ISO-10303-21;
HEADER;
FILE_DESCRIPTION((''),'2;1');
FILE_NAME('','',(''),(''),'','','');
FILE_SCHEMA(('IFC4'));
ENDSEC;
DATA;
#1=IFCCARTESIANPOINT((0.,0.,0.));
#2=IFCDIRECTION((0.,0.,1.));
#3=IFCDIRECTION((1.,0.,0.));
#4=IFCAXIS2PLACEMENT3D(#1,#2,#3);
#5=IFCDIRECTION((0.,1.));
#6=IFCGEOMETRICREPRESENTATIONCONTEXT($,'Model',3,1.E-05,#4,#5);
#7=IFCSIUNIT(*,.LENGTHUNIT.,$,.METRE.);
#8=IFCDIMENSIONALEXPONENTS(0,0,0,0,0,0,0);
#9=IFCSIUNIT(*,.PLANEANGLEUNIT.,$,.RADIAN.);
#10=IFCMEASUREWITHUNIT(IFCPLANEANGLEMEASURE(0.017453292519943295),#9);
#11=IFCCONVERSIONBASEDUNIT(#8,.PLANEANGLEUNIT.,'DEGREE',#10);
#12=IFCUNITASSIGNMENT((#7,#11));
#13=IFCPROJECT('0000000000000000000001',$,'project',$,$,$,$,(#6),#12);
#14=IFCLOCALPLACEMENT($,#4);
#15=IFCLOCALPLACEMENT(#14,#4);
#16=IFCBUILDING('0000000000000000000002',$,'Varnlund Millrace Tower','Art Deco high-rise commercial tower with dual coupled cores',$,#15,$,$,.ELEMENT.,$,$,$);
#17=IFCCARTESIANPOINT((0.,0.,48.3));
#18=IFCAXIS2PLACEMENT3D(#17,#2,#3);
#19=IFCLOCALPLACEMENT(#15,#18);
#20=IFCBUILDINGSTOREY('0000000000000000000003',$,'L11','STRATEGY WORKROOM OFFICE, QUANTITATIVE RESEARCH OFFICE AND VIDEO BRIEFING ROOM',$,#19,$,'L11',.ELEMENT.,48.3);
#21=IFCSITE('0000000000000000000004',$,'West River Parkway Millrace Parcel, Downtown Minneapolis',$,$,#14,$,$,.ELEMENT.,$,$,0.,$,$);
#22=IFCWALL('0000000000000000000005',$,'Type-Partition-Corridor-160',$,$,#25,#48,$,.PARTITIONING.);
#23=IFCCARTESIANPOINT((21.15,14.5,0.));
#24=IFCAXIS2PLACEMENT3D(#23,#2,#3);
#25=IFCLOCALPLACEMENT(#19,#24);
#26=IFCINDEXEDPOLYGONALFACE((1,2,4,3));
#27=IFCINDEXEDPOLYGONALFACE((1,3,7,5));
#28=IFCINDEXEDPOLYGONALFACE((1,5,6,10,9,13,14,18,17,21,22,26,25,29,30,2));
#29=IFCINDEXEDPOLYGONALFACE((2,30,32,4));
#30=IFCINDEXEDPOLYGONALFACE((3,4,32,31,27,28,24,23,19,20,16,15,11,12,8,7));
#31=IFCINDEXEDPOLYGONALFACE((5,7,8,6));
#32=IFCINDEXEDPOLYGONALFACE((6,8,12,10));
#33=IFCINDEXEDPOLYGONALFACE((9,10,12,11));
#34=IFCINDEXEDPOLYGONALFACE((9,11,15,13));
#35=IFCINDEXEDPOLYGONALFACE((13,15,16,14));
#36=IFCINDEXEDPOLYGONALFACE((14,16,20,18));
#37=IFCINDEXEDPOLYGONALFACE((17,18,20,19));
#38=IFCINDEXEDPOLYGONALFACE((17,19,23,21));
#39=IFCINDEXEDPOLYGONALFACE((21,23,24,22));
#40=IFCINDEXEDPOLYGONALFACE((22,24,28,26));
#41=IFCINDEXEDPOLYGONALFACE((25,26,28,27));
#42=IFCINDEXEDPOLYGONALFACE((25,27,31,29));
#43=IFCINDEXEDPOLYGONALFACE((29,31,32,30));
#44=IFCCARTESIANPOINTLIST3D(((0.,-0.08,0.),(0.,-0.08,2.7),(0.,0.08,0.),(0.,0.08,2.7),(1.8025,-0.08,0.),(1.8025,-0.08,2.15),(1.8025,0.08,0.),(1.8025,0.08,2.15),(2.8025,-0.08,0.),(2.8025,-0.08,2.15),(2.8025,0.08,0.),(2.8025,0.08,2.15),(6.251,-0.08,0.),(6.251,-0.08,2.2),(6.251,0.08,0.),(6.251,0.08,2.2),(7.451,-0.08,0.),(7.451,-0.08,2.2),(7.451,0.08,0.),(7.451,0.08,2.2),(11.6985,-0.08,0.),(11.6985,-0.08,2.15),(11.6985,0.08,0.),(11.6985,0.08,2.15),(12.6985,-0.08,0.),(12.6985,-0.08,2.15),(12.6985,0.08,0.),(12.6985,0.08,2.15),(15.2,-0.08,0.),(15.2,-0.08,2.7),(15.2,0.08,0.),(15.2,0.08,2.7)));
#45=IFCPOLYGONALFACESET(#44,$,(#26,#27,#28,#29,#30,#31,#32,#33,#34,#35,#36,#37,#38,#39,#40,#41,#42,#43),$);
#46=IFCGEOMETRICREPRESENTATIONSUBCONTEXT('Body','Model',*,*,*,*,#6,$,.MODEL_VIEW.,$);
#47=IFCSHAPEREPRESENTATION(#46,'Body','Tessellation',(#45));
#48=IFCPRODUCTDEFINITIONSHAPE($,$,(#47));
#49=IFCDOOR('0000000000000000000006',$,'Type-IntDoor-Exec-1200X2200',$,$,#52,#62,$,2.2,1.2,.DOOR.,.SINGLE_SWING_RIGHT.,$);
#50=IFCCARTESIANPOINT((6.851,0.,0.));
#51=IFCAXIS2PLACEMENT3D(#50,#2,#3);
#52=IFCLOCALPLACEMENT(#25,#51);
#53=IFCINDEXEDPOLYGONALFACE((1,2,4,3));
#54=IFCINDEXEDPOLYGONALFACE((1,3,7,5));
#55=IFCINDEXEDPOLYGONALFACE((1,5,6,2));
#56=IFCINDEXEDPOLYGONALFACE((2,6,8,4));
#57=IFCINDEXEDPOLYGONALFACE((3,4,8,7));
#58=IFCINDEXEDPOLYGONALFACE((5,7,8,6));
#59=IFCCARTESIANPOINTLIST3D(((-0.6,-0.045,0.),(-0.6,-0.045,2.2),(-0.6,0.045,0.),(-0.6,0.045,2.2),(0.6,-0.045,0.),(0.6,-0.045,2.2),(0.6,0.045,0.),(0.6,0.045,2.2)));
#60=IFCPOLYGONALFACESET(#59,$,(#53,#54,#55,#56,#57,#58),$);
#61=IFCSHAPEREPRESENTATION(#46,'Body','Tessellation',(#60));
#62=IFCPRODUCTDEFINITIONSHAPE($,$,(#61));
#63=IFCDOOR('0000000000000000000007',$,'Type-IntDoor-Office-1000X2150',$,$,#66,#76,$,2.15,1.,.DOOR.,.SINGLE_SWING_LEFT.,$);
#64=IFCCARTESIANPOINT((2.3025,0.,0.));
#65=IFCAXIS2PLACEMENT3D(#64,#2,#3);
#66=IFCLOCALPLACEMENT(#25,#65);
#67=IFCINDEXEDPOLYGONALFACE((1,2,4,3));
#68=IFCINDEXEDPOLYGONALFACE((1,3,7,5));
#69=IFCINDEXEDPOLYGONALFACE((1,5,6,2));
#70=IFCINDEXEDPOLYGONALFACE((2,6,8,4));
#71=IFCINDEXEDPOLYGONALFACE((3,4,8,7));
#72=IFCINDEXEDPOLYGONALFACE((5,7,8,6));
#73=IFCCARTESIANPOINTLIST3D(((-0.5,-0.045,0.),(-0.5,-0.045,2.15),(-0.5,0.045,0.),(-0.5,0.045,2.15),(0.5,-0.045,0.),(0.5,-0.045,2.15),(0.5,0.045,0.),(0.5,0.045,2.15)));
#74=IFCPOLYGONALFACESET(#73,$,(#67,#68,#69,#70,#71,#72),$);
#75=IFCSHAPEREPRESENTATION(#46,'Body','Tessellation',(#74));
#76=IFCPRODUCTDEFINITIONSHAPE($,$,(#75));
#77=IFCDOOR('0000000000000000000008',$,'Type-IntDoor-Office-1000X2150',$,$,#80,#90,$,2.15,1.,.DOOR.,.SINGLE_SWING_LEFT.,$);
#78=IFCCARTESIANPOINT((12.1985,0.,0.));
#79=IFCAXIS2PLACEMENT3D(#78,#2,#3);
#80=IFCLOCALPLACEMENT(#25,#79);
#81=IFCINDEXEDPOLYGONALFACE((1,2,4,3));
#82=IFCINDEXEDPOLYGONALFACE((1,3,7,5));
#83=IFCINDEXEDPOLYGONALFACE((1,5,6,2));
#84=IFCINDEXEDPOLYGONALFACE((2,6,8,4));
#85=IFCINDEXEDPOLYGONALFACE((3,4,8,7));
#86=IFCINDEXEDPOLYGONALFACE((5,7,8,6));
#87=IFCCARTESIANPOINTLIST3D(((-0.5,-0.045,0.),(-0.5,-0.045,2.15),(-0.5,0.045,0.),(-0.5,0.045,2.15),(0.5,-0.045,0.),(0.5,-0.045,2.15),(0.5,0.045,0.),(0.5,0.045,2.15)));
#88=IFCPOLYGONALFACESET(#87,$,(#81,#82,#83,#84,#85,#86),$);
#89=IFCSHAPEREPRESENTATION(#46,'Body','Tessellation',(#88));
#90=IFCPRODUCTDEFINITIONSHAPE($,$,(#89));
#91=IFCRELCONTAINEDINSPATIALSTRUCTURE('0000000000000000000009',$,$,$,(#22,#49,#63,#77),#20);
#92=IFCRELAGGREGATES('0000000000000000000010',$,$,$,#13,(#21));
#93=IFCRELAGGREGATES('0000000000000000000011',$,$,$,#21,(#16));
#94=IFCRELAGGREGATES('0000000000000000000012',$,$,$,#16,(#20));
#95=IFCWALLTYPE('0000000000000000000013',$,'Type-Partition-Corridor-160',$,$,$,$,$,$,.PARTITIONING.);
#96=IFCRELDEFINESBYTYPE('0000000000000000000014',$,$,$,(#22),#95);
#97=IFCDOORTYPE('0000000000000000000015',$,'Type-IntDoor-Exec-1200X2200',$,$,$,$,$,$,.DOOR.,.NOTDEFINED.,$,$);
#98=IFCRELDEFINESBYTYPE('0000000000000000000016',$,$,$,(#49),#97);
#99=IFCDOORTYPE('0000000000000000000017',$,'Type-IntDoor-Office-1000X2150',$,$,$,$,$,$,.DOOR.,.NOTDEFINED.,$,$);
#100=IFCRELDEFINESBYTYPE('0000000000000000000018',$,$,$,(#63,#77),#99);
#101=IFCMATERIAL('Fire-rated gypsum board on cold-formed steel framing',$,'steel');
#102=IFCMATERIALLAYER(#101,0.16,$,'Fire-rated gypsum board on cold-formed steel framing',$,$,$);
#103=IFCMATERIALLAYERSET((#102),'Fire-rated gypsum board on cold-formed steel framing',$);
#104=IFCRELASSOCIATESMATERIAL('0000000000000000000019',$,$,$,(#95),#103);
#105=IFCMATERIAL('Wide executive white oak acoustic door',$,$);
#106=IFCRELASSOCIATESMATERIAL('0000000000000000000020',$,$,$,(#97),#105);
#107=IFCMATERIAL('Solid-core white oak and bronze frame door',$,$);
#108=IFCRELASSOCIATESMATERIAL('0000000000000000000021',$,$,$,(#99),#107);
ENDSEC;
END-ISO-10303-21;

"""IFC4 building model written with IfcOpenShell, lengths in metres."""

from ifc_helpers import new_model, entity, si_unit, converted_unit, direction, frame, origin_with_axes, origin_2d_with_axis, place, context, subcontext, project, spatial, polyline, rectangle, outline, extrude, material, layer, layer_set, type_object, element, fill, save


model = new_model("IFC4")

# Units and contexts
model_context = context("Model", 3, precision=1e-05, world=origin_with_axes(), true_north=direction((0.0, 1.0)))
body_context = subcontext(model_context, "Body", "Model", "MODEL_VIEW")
ifc_project = project(units=[si_unit("LENGTHUNIT", "METRE"), converted_unit("PLANEANGLEUNIT", "DEGREE", entity("IfcPlaneAngleMeasure", 0.017453292519943295), si_unit("PLANEANGLEUNIT", "RADIAN"), dimensions=[0, 0, 0, 0, 0, 0, 0])], contexts=[model_context])

# Site, building, storey
site_placement = place(None, origin_with_axes())
site = spatial("IfcSite", under=ifc_project, at=site_placement, Name="West River Parkway Millrace Parcel, Downtown Minneapolis", CompositionType="ELEMENT", RefElevation=0.0)
building_placement = place(site_placement, origin_with_axes())
building = spatial("IfcBuilding", under=site, at=building_placement, Name="Varnlund Millrace Tower", Description="Art Deco high-rise commercial tower with dual coupled cores", CompositionType="ELEMENT")
storey_placement = place(building_placement, frame((0.0, 0.0, 48.3), z_axis=(0.0, 0.0, 1.0), x_axis=(1.0, 0.0, 0.0)))
storey = spatial("IfcBuildingStorey", under=building, at=storey_placement, Name="L11", Description="STRATEGY WORKROOM OFFICE, QUANTITATIVE RESEARCH OFFICE AND VIDEO BRIEFING ROOM", LongName="L11", CompositionType="ELEMENT", Elevation=48.3)

# Shared definitions
ifc_material_1 = material(Name="Fire-rated gypsum board on cold-formed steel framing", Category="steel")
ifc_layer_1 = layer(ifc_material_1, 0.16, Name="Fire-rated gypsum board on cold-formed steel framing")
ifc_layer_set_1 = layer_set([ifc_layer_1], Name="Fire-rated gypsum board on cold-formed steel framing")
wall_type_1 = type_object("IfcWallType", Name="Type-Partition-Corridor-160", PredefinedType="PARTITIONING", material=ifc_layer_set_1)

# Wall, openings, doors
wall_1_placement = place(storey_placement, frame((21.15, 14.5, 0.0), z_axis=(0.0, 0.0, 1.0), x_axis=(1.0, 0.0, 0.0)))
wall_1 = element("IfcWall", 1, at=wall_1_placement, inside=storey, type_object=wall_type_1, Name="Type-Partition-Corridor-160", PredefinedType="PARTITIONING", context=body_context, shape_type="SweptSolid", body=[
    extrude(outline(polyline([(0.0, -0.08), (15.2, -0.08), (15.2, 0.08), (0.0, 0.08), (0.0, -0.08)])), origin_with_axes(), (0.0, 0.0, 1.0), 2.7),
])
opening_1_placement = place(wall_1_placement, frame((2.3025, 0.0, 0.0), z_axis=(0.0, 0.0, 1.0), x_axis=(1.0, 0.0, 0.0)))
opening_1 = element("IfcOpeningElement", 2, at=opening_1_placement, cuts=wall_1, PredefinedType="OPENING", context=body_context, shape_type="SweptSolid", body=[
    extrude(rectangle(XDim=1.0, YDim=0.18, at=origin_2d_with_axis()), origin_with_axes(), (0.0, 0.0, 1.0), 2.15),
])
opening_2_placement = place(wall_1_placement, frame((6.851, 0.0, 0.0), z_axis=(0.0, 0.0, 1.0), x_axis=(1.0, 0.0, 0.0)))
opening_2 = element("IfcOpeningElement", 3, at=opening_2_placement, cuts=wall_1, PredefinedType="OPENING", context=body_context, shape_type="SweptSolid", body=[
    extrude(rectangle(XDim=1.2, YDim=0.18, at=origin_2d_with_axis()), origin_with_axes(), (0.0, 0.0, 1.0), 2.2),
])
opening_3_placement = place(wall_1_placement, frame((12.1985, 0.0, 0.0), z_axis=(0.0, 0.0, 1.0), x_axis=(1.0, 0.0, 0.0)))
opening_3 = element("IfcOpeningElement", 4, at=opening_3_placement, cuts=wall_1, PredefinedType="OPENING", context=body_context, shape_type="SweptSolid", body=[
    extrude(rectangle(XDim=1.0, YDim=0.18, at=origin_2d_with_axis()), origin_with_axes(), (0.0, 0.0, 1.0), 2.15),
])
ifc_material_2 = material(Name="Wide executive white oak acoustic door")
door_type_1 = type_object("IfcDoorType", Name="Type-IntDoor-Exec-1200X2200", OperationType="NOTDEFINED", PredefinedType="DOOR", material=ifc_material_2)
door_1_placement = place(wall_1_placement, frame((6.851, 0.0, 0.0), z_axis=(0.0, 0.0, 1.0), x_axis=(1.0, 0.0, 0.0)))
door_1 = element("IfcDoor", 5, at=door_1_placement, inside=storey, type_object=door_type_1, Name="Type-IntDoor-Exec-1200X2200", OperationType="SINGLE_SWING_RIGHT", OverallHeight=2.2, OverallWidth=1.2, PredefinedType="DOOR", context=body_context, shape_type="SweptSolid", body=[
    extrude(rectangle(XDim=1.2, YDim=0.09, at=origin_2d_with_axis()), origin_with_axes(), (0.0, 0.0, 1.0), 2.2),
])
fill(opening_2, door_1)
ifc_material_3 = material(Name="Solid-core white oak and bronze frame door")
door_type_2 = type_object("IfcDoorType", Name="Type-IntDoor-Office-1000X2150", OperationType="NOTDEFINED", PredefinedType="DOOR", material=ifc_material_3)
door_2_placement = place(wall_1_placement, frame((2.3025, 0.0, 0.0), z_axis=(0.0, 0.0, 1.0), x_axis=(1.0, 0.0, 0.0)))
door_2 = element("IfcDoor", 6, at=door_2_placement, inside=storey, type_object=door_type_2, Name="Type-IntDoor-Office-1000X2150", OperationType="SINGLE_SWING_LEFT", OverallHeight=2.15, OverallWidth=1.0, PredefinedType="DOOR", context=body_context, shape_type="SweptSolid", body=[
    extrude(rectangle(XDim=1.0, YDim=0.09, at=origin_2d_with_axis()), origin_with_axes(), (0.0, 0.0, 1.0), 2.15),
])
fill(opening_1, door_2)
door_3_placement = place(wall_1_placement, frame((12.1985, 0.0, 0.0), z_axis=(0.0, 0.0, 1.0), x_axis=(1.0, 0.0, 0.0)))
door_3 = element("IfcDoor", 7, at=door_3_placement, inside=storey, type_object=door_type_2, Name="Type-IntDoor-Office-1000X2150", OperationType="SINGLE_SWING_LEFT", OverallHeight=2.15, OverallWidth=1.0, PredefinedType="DOOR", context=body_context, shape_type="SweptSolid", body=[
    extrude(rectangle(XDim=1.0, YDim=0.09, at=origin_2d_with_axis()), origin_with_axes(), (0.0, 0.0, 1.0), 2.15),
])
fill(opening_3, door_3)

save(model, "model.ifc")
